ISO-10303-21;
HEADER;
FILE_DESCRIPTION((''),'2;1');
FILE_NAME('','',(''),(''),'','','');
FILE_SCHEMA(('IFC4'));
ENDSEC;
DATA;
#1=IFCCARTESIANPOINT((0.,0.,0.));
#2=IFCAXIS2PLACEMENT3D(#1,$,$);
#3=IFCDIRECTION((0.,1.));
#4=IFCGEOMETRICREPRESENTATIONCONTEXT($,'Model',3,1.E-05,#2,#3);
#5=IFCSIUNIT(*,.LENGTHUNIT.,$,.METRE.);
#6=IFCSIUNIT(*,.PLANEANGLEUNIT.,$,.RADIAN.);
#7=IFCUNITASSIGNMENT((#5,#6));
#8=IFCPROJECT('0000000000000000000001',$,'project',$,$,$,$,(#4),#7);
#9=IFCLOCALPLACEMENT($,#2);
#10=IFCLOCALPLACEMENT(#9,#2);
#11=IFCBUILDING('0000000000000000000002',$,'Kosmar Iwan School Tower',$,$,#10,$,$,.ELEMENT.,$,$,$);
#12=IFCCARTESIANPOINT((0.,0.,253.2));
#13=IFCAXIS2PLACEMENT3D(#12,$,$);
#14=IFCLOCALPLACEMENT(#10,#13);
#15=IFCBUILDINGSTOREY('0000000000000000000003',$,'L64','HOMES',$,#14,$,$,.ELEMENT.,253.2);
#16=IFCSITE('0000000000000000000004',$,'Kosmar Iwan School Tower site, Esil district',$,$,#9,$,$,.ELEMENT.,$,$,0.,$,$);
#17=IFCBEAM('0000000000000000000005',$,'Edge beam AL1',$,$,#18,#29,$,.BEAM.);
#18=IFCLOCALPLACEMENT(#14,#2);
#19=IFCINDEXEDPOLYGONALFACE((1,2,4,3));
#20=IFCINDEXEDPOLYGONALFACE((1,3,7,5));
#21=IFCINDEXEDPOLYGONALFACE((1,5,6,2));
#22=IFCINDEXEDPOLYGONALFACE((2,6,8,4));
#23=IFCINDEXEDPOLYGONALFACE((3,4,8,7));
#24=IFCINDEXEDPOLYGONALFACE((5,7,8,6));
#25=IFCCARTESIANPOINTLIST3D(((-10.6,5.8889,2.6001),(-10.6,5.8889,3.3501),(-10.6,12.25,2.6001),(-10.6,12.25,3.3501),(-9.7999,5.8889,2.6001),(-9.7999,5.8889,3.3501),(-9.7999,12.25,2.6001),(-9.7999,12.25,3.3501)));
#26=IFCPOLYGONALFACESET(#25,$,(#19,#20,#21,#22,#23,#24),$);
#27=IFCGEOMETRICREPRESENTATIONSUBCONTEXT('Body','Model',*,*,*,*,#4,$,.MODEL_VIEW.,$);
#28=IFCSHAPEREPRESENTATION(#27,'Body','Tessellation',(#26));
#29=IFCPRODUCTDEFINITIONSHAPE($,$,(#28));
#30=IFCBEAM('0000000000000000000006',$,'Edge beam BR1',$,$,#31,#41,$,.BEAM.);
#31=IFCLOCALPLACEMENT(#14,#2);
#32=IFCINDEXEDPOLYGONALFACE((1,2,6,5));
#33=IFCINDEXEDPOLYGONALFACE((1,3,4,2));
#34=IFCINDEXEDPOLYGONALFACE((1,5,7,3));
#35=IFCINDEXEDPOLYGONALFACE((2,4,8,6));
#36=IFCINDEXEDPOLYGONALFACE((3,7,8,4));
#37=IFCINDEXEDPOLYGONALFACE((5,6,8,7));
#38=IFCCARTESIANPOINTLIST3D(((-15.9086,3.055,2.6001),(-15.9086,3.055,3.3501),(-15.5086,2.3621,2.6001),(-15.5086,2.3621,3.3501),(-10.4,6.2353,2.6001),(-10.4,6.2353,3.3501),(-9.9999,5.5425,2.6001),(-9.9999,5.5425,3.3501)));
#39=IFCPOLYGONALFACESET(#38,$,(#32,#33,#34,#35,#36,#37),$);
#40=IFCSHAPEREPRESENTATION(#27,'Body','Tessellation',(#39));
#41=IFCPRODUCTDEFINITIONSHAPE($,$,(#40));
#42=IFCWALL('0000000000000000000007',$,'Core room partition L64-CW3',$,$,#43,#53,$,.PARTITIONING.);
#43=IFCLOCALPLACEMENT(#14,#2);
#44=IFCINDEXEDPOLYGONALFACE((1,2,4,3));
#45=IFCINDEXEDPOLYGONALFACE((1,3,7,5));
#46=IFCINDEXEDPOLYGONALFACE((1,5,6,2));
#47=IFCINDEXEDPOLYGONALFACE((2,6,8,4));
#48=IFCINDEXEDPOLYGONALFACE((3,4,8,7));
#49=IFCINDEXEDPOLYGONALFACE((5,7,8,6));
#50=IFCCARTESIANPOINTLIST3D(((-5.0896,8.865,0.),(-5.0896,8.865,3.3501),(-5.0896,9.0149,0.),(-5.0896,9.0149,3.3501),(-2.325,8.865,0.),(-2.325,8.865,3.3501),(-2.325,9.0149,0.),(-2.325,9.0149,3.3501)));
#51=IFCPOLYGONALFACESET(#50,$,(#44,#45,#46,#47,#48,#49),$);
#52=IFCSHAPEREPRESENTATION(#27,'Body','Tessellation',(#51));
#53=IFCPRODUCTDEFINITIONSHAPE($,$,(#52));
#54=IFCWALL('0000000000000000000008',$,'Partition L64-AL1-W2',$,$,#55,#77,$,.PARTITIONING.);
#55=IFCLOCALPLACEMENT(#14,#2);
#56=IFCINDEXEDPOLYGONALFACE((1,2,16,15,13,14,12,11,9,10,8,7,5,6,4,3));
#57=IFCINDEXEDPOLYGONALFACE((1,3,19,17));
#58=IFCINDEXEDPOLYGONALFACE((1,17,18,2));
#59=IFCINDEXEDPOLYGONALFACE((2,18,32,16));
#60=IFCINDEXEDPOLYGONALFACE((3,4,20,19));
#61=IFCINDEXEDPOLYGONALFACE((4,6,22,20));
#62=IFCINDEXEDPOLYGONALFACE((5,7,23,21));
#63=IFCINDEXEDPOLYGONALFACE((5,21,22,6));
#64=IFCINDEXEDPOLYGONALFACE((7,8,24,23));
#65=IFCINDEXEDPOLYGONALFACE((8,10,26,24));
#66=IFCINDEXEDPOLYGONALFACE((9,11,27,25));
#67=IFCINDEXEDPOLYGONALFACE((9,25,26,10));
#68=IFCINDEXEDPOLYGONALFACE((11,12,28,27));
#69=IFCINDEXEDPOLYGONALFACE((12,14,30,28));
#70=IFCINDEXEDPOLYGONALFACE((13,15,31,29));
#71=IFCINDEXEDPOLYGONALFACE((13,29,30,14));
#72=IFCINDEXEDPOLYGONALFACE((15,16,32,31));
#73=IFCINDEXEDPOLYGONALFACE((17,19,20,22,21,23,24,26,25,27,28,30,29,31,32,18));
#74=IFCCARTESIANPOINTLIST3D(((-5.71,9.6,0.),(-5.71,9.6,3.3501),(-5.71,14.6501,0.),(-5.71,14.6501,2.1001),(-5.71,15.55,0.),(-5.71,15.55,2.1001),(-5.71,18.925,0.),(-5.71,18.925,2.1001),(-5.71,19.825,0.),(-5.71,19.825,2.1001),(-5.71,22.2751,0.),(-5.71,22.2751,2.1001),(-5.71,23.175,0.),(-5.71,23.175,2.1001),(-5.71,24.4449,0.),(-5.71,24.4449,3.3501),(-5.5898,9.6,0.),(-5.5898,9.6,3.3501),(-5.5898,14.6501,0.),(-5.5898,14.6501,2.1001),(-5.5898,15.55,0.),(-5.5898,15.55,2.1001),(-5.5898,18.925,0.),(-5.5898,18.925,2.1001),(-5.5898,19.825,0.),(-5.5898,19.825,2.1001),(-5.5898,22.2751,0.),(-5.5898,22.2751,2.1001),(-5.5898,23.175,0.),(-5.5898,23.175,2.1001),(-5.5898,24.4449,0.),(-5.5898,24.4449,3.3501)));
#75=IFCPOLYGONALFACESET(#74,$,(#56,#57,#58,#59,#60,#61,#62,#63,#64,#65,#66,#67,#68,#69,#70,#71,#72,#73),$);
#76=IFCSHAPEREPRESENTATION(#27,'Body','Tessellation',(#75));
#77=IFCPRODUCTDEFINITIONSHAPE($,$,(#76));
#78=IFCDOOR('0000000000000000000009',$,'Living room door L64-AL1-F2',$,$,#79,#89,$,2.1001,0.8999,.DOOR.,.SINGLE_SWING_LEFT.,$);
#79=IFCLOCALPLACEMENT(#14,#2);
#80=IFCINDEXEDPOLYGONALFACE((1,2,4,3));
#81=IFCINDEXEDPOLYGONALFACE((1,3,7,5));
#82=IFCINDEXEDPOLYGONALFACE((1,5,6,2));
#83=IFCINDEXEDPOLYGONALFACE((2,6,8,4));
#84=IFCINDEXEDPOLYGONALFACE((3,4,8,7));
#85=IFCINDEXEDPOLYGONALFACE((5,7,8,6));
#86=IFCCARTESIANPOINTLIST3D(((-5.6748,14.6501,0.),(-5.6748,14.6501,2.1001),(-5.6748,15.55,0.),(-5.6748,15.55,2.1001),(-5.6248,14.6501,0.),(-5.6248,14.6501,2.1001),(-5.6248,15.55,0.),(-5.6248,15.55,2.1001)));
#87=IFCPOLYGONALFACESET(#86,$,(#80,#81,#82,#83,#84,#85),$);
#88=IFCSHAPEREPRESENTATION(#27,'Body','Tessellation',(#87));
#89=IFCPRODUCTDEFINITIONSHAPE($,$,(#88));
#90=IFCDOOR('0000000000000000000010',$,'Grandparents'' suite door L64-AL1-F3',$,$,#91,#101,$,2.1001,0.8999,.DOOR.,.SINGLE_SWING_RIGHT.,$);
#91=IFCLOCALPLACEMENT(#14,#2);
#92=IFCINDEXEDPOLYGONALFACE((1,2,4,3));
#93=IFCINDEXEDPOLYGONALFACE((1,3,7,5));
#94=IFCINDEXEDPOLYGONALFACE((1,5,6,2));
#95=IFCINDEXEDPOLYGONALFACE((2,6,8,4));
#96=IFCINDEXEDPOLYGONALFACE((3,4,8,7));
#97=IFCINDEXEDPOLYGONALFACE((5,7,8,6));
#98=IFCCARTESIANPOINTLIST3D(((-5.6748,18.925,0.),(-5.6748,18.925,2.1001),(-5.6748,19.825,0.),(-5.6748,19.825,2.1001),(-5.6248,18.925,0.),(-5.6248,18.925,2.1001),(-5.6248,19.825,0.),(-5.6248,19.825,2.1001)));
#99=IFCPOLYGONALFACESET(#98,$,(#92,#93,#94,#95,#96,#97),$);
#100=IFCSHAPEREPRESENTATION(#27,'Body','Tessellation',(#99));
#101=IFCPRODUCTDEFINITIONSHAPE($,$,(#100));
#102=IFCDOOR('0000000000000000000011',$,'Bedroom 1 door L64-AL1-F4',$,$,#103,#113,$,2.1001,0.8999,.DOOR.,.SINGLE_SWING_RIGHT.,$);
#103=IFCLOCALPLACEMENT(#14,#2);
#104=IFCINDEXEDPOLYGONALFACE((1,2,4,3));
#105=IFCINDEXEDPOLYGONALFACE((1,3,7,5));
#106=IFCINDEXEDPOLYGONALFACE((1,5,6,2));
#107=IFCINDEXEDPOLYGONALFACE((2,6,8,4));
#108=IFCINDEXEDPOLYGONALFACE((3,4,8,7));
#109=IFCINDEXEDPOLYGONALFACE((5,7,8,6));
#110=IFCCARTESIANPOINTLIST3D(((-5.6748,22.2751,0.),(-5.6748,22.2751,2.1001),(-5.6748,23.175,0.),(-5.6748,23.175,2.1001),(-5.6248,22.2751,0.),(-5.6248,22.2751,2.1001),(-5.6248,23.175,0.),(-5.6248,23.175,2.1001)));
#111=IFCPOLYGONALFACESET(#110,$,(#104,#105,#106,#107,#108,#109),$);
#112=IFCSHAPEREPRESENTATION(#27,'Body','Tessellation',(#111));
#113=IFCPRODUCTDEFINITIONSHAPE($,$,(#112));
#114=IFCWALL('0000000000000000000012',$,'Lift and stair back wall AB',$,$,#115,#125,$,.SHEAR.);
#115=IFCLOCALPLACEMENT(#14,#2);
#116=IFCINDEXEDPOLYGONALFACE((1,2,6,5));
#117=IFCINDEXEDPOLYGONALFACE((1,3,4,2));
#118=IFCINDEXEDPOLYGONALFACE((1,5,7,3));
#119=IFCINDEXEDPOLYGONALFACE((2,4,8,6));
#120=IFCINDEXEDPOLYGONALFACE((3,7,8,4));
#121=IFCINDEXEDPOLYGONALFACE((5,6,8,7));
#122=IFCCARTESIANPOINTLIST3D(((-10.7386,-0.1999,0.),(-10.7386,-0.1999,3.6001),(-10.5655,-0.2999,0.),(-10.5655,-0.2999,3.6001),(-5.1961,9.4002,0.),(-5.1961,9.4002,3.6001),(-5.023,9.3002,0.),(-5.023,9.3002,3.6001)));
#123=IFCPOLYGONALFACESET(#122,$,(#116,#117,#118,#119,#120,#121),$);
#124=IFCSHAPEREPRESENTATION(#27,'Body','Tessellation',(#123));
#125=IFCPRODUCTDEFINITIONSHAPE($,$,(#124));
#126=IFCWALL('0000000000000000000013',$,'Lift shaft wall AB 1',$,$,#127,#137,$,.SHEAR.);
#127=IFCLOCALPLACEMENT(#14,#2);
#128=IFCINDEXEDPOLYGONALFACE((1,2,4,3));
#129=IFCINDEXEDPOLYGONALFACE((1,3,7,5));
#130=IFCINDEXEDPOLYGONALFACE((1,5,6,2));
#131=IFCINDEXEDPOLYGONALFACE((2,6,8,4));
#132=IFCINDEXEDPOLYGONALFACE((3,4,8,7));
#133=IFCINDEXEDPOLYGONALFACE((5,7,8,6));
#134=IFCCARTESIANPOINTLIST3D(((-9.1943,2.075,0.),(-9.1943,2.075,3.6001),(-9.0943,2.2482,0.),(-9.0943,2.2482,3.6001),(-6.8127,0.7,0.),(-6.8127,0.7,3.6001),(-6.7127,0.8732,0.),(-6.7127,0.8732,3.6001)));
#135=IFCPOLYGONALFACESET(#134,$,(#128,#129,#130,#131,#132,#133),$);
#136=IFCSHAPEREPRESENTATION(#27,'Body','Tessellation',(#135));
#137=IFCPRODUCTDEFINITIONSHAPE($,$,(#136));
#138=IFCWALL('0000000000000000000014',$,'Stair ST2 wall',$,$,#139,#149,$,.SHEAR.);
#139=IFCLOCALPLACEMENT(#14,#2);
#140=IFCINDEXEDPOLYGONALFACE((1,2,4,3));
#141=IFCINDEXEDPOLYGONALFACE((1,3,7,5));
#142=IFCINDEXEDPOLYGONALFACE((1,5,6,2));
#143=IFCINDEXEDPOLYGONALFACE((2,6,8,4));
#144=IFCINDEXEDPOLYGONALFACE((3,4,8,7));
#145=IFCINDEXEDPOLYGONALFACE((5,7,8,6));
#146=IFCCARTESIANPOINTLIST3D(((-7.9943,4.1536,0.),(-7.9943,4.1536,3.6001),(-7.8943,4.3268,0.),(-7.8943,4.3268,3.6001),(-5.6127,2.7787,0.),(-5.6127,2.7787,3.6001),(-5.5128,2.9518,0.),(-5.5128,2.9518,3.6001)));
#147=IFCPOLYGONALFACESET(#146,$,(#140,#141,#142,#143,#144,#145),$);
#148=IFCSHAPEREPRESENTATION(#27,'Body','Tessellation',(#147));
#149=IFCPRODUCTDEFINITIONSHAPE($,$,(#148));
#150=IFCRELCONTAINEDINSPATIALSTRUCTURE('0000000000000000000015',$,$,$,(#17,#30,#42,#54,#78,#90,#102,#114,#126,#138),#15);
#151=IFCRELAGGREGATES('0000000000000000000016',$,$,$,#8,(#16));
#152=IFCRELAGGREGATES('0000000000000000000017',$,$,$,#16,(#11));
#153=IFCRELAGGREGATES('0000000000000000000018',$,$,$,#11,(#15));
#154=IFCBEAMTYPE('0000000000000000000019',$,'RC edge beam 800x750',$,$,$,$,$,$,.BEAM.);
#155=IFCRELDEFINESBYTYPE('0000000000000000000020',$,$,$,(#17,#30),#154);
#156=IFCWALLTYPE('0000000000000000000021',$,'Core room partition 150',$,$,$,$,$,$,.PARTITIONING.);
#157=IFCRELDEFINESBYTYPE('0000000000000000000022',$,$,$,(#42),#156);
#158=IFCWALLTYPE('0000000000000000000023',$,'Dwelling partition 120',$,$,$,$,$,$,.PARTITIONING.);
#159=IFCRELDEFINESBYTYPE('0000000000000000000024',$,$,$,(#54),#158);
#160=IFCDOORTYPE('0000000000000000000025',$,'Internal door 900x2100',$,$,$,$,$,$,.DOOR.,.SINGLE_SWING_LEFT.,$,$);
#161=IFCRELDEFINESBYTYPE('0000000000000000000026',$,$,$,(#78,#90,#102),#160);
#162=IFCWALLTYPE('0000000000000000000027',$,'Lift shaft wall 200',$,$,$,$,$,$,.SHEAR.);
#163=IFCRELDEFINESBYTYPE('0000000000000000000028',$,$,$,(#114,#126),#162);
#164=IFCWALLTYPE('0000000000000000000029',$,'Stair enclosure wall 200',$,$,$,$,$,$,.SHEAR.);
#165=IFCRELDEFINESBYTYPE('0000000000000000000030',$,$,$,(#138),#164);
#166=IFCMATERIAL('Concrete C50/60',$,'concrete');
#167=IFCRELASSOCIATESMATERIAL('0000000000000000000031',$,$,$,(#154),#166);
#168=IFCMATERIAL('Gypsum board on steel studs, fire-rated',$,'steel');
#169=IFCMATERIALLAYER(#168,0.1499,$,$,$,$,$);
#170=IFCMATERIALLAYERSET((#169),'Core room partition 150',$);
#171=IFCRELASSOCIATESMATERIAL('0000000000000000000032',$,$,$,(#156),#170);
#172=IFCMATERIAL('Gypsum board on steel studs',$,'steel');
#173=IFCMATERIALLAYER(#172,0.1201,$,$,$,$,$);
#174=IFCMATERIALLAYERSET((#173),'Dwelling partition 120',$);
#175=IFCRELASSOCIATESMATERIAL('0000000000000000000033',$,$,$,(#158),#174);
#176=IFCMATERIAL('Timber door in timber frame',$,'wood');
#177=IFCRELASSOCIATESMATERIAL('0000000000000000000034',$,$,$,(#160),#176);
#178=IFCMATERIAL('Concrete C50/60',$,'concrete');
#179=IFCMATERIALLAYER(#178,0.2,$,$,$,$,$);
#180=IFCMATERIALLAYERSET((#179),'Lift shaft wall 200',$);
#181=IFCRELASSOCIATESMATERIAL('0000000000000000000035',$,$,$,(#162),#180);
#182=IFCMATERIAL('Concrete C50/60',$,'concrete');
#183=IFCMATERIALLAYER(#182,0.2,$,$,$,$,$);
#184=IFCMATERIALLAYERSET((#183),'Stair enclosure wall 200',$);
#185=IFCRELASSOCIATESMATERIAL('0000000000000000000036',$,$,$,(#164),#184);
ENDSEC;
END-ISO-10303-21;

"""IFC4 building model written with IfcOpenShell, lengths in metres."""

from ifc_helpers import new_model, si_unit, direction, frame, frame_2d, origin, origin_2d, place, context, subcontext, project, spatial, rectangle, extrude, material, layer, layer_set, material_profile, profile_set, type_object, element, fill, save


model = new_model("IFC4")

# Units and contexts
model_context = context("Model", 3, precision=1e-05, world=origin(), true_north=direction((0.0, 1.0)))
body_context = subcontext(model_context, "Body", "Model", "MODEL_VIEW")
ifc_project = project(units=[si_unit("LENGTHUNIT", "METRE"), si_unit("PLANEANGLEUNIT", "RADIAN")], contexts=[model_context])

# Site, building, storey
site_placement = place(None, origin())
site = spatial("IfcSite", under=ifc_project, at=site_placement, Name="Kosmar Iwan School Tower site, Esil district", CompositionType="ELEMENT", RefElevation=0.0)
building_placement = place(site_placement, origin())
building = spatial("IfcBuilding", under=site, at=building_placement, Name="Kosmar Iwan School Tower", CompositionType="ELEMENT")
storey_placement = place(building_placement, frame((0.0, 0.0, 253.2)))
storey = spatial("IfcBuildingStorey", under=building, at=storey_placement, Name="L64", Description="HOMES", CompositionType="ELEMENT", Elevation=253.2)

# Beams
ifc_material_1 = material(Name="Concrete C50/60", Category="concrete")
ifc_material_profile = material_profile(ifc_material_1, rectangle(XDim=0.8, YDim=0.75, at=origin_2d()), Name="RC 800x750")
ifc_profile_set = profile_set([ifc_material_profile], Name="Concrete C50/60")
beam_type = type_object("IfcBeamType", Name="RC edge beam 800x750", PredefinedType="BEAM", material=ifc_profile_set)
beam_1_placement = place(storey_placement, frame((-10.2, 5.8889, 2.9751), z_axis=(0.0, 1.0, 0.0), x_axis=(-1.0, 0.0, 0.0)))
element("IfcBeam", 1, at=beam_1_placement, inside=storey, type_object=beam_type, Name="Edge beam AL1", PredefinedType="BEAM", context=body_context, shape_type="SweptSolid", body=[
    extrude(rectangle(XDim=0.8, YDim=0.75, at=origin_2d()), origin(), (0.0, 0.0, 1.0), 6.3611),
])
beam_2_placement = place(storey_placement, frame((-10.2, 5.8889, 2.9751), z_axis=(-0.866031, -0.49999, 0.0), x_axis=(0.49999, -0.866031, 0.0)))
element("IfcBeam", 2, at=beam_2_placement, inside=storey, type_object=beam_type, Name="Edge beam BR1", PredefinedType="BEAM", context=body_context, shape_type="SweptSolid", body=[
    extrude(rectangle(XDim=0.8, YDim=0.75, at=origin_2d()), origin(), (0.0, 0.0, 1.0), 6.3608),
])

# Wall
ifc_material_2 = material(Name="Gypsum board on steel studs, fire-rated", Category="steel")
ifc_layer_1 = layer(ifc_material_2, 0.1499)
ifc_layer_set_1 = layer_set([ifc_layer_1], Name="Core room partition 150")
wall_type_1 = type_object("IfcWallType", Name="Core room partition 150", PredefinedType="PARTITIONING", material=ifc_layer_set_1)
wall_1_placement = place(storey_placement, frame((-5.0896, 8.9399, 0.0), z_axis=(0.0, 0.0, 1.0), x_axis=(1.0, 0.0, 0.0)))
element("IfcWall", 3, at=wall_1_placement, inside=storey, type_object=wall_type_1, Name="Core room partition L64-CW3", PredefinedType="PARTITIONING", context=body_context, shape_type="SweptSolid", body=[
    extrude(rectangle(XDim=2.7646, YDim=0.1499, at=frame_2d((1.3823, 0.0))), origin(), (0.0, 0.0, 1.0), 3.3501),
])

# Wall, openings, doors
ifc_material_3 = material(Name="Gypsum board on steel studs", Category="steel")
ifc_layer_2 = layer(ifc_material_3, 0.1201)
ifc_layer_set_2 = layer_set([ifc_layer_2], Name="Dwelling partition 120")
wall_type_2 = type_object("IfcWallType", Name="Dwelling partition 120", PredefinedType="PARTITIONING", material=ifc_layer_set_2)
wall_2_placement = place(storey_placement, frame((-5.6499, 9.6001, 0.0), z_axis=(0.0, 0.0, 1.0), x_axis=(0.0, 1.0, 0.0)))
wall_2 = element("IfcWall", 4, at=wall_2_placement, inside=storey, type_object=wall_type_2, Name="Partition L64-AL1-W2", PredefinedType="PARTITIONING", context=body_context, shape_type="SweptSolid", body=[
    extrude(rectangle(XDim=14.845, YDim=0.1201, at=frame_2d((7.4224, 0.0))), origin(), (0.0, 0.0, 1.0), 3.3501),
])
opening_1_placement = place(wall_2_placement, frame((5.05, 0.0, 0.0)))
opening_1 = element("IfcOpeningElement", 5, at=opening_1_placement, cuts=wall_2, PredefinedType="OPENING", context=body_context, shape_type="SweptSolid", body=[
    extrude(rectangle(XDim=0.8999, YDim=2.1001, at=frame_2d((0.45, 1.05))), frame((0.0, 0.072, 0.0), z_axis=(0.0, -1.0, 0.0), x_axis=(1.0, 0.0, 0.0)), (0.0, 0.0, 1.0), 0.144),
])
opening_2_placement = place(wall_2_placement, frame((9.325, 0.0, 0.0)))
opening_2 = element("IfcOpeningElement", 6, at=opening_2_placement, cuts=wall_2, PredefinedType="OPENING", context=body_context, shape_type="SweptSolid", body=[
    extrude(rectangle(XDim=0.8999, YDim=2.1001, at=frame_2d((0.45, 1.05))), frame((0.0, 0.072, 0.0), z_axis=(0.0, -1.0, 0.0), x_axis=(1.0, 0.0, 0.0)), (0.0, 0.0, 1.0), 0.144),
])
opening_3_placement = place(wall_2_placement, frame((12.675, 0.0, 0.0)))
opening_3 = element("IfcOpeningElement", 7, at=opening_3_placement, cuts=wall_2, PredefinedType="OPENING", context=body_context, shape_type="SweptSolid", body=[
    extrude(rectangle(XDim=0.8999, YDim=2.1001, at=frame_2d((0.45, 1.05))), frame((0.0, 0.072, 0.0), z_axis=(0.0, -1.0, 0.0), x_axis=(1.0, 0.0, 0.0)), (0.0, 0.0, 1.0), 0.144),
])
ifc_material_4 = material(Name="Timber door in timber frame", Category="wood")
door_type = type_object("IfcDoorType", Name="Internal door 900x2100", OperationType="SINGLE_SWING_LEFT", PredefinedType="DOOR", material=ifc_material_4)
door_1_placement = place(opening_1_placement, origin())
door_1 = element("IfcDoor", 8, at=door_1_placement, inside=storey, type_object=door_type, Name="Living room door L64-AL1-F2", OperationType="SINGLE_SWING_LEFT", OverallHeight=2.1001, OverallWidth=0.8999, PredefinedType="DOOR", context=body_context, shape_type="SweptSolid", body=[
    extrude(rectangle(XDim=0.8999, YDim=2.1001, at=frame_2d((0.45, 1.05))), frame((0.0, 0.0249, 0.0), z_axis=(0.0, -1.0, 0.0), x_axis=(1.0, 0.0, 0.0)), (0.0, 0.0, 1.0), 0.05),
])
fill(opening_1, door_1)
door_2_placement = place(opening_2_placement, origin())
door_2 = element("IfcDoor", 9, at=door_2_placement, inside=storey, type_object=door_type, Name="Grandparents' suite door L64-AL1-F3", OperationType="SINGLE_SWING_RIGHT", OverallHeight=2.1001, OverallWidth=0.8999, PredefinedType="DOOR", context=body_context, shape_type="SweptSolid", body=[
    extrude(rectangle(XDim=0.8999, YDim=2.1001, at=frame_2d((0.45, 1.05))), frame((0.0, 0.0249, 0.0), z_axis=(0.0, -1.0, 0.0), x_axis=(1.0, 0.0, 0.0)), (0.0, 0.0, 1.0), 0.05),
])
fill(opening_2, door_2)
door_3_placement = place(opening_3_placement, origin())
door_3 = element("IfcDoor", 10, at=door_3_placement, inside=storey, type_object=door_type, Name="Bedroom 1 door L64-AL1-F4", OperationType="SINGLE_SWING_RIGHT", OverallHeight=2.1001, OverallWidth=0.8999, PredefinedType="DOOR", context=body_context, shape_type="SweptSolid", body=[
    extrude(rectangle(XDim=0.8999, YDim=2.1001, at=frame_2d((0.45, 1.05))), frame((0.0, 0.0249, 0.0), z_axis=(0.0, -1.0, 0.0), x_axis=(1.0, 0.0, 0.0)), (0.0, 0.0, 1.0), 0.05),
])
fill(opening_3, door_3)

# Walls
ifc_material_5 = material(Name="Concrete C50/60", Category="concrete")
ifc_layer_3 = layer(ifc_material_5, 0.2)
ifc_layer_set_3 = layer_set([ifc_layer_3], Name="Lift shaft wall 200")
wall_type_3 = type_object("IfcWallType", Name="Lift shaft wall 200", PredefinedType="SHEAR", material=ifc_layer_set_3)
wall_3_placement = place(storey_placement, frame((-5.1096, 9.3501, 0.0), z_axis=(0.0, 0.0, 1.0), x_axis=(-0.499991, -0.866031, 0.0)))
element("IfcWall", 11, at=wall_3_placement, inside=storey, type_object=wall_type_3, Name="Lift and stair back wall AB", PredefinedType="SHEAR", context=body_context, shape_type="SweptSolid", body=[
    extrude(rectangle(XDim=11.0852, YDim=0.2, at=frame_2d((5.5425, 0.0))), origin(), (0.0, 0.0, 1.0), 3.6001),
])
wall_4_placement = place(storey_placement, frame((-6.7627, 0.7866, 0.0), z_axis=(0.0, 0.0, 1.0), x_axis=(-0.866027, 0.499997, 0.0)))
element("IfcWall", 12, at=wall_4_placement, inside=storey, type_object=wall_type_3, Name="Lift shaft wall AB 1", PredefinedType="SHEAR", context=body_context, shape_type="SweptSolid", body=[
    extrude(rectangle(XDim=2.75, YDim=0.2, at=frame_2d((1.375, 0.0))), origin(), (0.0, 0.0, 1.0), 3.6001),
])
ifc_material_6 = material(Name="Concrete C50/60", Category="concrete")
ifc_layer_4 = layer(ifc_material_6, 0.2)
ifc_layer_set_4 = layer_set([ifc_layer_4], Name="Stair enclosure wall 200")
wall_type_4 = type_object("IfcWallType", Name="Stair enclosure wall 200", PredefinedType="SHEAR", material=ifc_layer_set_4)
wall_5_placement = place(storey_placement, frame((-5.5627, 2.8652, 0.0), z_axis=(0.0, 0.0, 1.0), x_axis=(-0.866027, 0.499997, 0.0)))
element("IfcWall", 13, at=wall_5_placement, inside=storey, type_object=wall_type_4, Name="Stair ST2 wall", PredefinedType="SHEAR", context=body_context, shape_type="SweptSolid", body=[
    extrude(rectangle(XDim=2.75, YDim=0.2, at=frame_2d((1.375, 0.0))), origin(), (0.0, 0.0, 1.0), 3.6001),
])

save(model, "model.ifc")
